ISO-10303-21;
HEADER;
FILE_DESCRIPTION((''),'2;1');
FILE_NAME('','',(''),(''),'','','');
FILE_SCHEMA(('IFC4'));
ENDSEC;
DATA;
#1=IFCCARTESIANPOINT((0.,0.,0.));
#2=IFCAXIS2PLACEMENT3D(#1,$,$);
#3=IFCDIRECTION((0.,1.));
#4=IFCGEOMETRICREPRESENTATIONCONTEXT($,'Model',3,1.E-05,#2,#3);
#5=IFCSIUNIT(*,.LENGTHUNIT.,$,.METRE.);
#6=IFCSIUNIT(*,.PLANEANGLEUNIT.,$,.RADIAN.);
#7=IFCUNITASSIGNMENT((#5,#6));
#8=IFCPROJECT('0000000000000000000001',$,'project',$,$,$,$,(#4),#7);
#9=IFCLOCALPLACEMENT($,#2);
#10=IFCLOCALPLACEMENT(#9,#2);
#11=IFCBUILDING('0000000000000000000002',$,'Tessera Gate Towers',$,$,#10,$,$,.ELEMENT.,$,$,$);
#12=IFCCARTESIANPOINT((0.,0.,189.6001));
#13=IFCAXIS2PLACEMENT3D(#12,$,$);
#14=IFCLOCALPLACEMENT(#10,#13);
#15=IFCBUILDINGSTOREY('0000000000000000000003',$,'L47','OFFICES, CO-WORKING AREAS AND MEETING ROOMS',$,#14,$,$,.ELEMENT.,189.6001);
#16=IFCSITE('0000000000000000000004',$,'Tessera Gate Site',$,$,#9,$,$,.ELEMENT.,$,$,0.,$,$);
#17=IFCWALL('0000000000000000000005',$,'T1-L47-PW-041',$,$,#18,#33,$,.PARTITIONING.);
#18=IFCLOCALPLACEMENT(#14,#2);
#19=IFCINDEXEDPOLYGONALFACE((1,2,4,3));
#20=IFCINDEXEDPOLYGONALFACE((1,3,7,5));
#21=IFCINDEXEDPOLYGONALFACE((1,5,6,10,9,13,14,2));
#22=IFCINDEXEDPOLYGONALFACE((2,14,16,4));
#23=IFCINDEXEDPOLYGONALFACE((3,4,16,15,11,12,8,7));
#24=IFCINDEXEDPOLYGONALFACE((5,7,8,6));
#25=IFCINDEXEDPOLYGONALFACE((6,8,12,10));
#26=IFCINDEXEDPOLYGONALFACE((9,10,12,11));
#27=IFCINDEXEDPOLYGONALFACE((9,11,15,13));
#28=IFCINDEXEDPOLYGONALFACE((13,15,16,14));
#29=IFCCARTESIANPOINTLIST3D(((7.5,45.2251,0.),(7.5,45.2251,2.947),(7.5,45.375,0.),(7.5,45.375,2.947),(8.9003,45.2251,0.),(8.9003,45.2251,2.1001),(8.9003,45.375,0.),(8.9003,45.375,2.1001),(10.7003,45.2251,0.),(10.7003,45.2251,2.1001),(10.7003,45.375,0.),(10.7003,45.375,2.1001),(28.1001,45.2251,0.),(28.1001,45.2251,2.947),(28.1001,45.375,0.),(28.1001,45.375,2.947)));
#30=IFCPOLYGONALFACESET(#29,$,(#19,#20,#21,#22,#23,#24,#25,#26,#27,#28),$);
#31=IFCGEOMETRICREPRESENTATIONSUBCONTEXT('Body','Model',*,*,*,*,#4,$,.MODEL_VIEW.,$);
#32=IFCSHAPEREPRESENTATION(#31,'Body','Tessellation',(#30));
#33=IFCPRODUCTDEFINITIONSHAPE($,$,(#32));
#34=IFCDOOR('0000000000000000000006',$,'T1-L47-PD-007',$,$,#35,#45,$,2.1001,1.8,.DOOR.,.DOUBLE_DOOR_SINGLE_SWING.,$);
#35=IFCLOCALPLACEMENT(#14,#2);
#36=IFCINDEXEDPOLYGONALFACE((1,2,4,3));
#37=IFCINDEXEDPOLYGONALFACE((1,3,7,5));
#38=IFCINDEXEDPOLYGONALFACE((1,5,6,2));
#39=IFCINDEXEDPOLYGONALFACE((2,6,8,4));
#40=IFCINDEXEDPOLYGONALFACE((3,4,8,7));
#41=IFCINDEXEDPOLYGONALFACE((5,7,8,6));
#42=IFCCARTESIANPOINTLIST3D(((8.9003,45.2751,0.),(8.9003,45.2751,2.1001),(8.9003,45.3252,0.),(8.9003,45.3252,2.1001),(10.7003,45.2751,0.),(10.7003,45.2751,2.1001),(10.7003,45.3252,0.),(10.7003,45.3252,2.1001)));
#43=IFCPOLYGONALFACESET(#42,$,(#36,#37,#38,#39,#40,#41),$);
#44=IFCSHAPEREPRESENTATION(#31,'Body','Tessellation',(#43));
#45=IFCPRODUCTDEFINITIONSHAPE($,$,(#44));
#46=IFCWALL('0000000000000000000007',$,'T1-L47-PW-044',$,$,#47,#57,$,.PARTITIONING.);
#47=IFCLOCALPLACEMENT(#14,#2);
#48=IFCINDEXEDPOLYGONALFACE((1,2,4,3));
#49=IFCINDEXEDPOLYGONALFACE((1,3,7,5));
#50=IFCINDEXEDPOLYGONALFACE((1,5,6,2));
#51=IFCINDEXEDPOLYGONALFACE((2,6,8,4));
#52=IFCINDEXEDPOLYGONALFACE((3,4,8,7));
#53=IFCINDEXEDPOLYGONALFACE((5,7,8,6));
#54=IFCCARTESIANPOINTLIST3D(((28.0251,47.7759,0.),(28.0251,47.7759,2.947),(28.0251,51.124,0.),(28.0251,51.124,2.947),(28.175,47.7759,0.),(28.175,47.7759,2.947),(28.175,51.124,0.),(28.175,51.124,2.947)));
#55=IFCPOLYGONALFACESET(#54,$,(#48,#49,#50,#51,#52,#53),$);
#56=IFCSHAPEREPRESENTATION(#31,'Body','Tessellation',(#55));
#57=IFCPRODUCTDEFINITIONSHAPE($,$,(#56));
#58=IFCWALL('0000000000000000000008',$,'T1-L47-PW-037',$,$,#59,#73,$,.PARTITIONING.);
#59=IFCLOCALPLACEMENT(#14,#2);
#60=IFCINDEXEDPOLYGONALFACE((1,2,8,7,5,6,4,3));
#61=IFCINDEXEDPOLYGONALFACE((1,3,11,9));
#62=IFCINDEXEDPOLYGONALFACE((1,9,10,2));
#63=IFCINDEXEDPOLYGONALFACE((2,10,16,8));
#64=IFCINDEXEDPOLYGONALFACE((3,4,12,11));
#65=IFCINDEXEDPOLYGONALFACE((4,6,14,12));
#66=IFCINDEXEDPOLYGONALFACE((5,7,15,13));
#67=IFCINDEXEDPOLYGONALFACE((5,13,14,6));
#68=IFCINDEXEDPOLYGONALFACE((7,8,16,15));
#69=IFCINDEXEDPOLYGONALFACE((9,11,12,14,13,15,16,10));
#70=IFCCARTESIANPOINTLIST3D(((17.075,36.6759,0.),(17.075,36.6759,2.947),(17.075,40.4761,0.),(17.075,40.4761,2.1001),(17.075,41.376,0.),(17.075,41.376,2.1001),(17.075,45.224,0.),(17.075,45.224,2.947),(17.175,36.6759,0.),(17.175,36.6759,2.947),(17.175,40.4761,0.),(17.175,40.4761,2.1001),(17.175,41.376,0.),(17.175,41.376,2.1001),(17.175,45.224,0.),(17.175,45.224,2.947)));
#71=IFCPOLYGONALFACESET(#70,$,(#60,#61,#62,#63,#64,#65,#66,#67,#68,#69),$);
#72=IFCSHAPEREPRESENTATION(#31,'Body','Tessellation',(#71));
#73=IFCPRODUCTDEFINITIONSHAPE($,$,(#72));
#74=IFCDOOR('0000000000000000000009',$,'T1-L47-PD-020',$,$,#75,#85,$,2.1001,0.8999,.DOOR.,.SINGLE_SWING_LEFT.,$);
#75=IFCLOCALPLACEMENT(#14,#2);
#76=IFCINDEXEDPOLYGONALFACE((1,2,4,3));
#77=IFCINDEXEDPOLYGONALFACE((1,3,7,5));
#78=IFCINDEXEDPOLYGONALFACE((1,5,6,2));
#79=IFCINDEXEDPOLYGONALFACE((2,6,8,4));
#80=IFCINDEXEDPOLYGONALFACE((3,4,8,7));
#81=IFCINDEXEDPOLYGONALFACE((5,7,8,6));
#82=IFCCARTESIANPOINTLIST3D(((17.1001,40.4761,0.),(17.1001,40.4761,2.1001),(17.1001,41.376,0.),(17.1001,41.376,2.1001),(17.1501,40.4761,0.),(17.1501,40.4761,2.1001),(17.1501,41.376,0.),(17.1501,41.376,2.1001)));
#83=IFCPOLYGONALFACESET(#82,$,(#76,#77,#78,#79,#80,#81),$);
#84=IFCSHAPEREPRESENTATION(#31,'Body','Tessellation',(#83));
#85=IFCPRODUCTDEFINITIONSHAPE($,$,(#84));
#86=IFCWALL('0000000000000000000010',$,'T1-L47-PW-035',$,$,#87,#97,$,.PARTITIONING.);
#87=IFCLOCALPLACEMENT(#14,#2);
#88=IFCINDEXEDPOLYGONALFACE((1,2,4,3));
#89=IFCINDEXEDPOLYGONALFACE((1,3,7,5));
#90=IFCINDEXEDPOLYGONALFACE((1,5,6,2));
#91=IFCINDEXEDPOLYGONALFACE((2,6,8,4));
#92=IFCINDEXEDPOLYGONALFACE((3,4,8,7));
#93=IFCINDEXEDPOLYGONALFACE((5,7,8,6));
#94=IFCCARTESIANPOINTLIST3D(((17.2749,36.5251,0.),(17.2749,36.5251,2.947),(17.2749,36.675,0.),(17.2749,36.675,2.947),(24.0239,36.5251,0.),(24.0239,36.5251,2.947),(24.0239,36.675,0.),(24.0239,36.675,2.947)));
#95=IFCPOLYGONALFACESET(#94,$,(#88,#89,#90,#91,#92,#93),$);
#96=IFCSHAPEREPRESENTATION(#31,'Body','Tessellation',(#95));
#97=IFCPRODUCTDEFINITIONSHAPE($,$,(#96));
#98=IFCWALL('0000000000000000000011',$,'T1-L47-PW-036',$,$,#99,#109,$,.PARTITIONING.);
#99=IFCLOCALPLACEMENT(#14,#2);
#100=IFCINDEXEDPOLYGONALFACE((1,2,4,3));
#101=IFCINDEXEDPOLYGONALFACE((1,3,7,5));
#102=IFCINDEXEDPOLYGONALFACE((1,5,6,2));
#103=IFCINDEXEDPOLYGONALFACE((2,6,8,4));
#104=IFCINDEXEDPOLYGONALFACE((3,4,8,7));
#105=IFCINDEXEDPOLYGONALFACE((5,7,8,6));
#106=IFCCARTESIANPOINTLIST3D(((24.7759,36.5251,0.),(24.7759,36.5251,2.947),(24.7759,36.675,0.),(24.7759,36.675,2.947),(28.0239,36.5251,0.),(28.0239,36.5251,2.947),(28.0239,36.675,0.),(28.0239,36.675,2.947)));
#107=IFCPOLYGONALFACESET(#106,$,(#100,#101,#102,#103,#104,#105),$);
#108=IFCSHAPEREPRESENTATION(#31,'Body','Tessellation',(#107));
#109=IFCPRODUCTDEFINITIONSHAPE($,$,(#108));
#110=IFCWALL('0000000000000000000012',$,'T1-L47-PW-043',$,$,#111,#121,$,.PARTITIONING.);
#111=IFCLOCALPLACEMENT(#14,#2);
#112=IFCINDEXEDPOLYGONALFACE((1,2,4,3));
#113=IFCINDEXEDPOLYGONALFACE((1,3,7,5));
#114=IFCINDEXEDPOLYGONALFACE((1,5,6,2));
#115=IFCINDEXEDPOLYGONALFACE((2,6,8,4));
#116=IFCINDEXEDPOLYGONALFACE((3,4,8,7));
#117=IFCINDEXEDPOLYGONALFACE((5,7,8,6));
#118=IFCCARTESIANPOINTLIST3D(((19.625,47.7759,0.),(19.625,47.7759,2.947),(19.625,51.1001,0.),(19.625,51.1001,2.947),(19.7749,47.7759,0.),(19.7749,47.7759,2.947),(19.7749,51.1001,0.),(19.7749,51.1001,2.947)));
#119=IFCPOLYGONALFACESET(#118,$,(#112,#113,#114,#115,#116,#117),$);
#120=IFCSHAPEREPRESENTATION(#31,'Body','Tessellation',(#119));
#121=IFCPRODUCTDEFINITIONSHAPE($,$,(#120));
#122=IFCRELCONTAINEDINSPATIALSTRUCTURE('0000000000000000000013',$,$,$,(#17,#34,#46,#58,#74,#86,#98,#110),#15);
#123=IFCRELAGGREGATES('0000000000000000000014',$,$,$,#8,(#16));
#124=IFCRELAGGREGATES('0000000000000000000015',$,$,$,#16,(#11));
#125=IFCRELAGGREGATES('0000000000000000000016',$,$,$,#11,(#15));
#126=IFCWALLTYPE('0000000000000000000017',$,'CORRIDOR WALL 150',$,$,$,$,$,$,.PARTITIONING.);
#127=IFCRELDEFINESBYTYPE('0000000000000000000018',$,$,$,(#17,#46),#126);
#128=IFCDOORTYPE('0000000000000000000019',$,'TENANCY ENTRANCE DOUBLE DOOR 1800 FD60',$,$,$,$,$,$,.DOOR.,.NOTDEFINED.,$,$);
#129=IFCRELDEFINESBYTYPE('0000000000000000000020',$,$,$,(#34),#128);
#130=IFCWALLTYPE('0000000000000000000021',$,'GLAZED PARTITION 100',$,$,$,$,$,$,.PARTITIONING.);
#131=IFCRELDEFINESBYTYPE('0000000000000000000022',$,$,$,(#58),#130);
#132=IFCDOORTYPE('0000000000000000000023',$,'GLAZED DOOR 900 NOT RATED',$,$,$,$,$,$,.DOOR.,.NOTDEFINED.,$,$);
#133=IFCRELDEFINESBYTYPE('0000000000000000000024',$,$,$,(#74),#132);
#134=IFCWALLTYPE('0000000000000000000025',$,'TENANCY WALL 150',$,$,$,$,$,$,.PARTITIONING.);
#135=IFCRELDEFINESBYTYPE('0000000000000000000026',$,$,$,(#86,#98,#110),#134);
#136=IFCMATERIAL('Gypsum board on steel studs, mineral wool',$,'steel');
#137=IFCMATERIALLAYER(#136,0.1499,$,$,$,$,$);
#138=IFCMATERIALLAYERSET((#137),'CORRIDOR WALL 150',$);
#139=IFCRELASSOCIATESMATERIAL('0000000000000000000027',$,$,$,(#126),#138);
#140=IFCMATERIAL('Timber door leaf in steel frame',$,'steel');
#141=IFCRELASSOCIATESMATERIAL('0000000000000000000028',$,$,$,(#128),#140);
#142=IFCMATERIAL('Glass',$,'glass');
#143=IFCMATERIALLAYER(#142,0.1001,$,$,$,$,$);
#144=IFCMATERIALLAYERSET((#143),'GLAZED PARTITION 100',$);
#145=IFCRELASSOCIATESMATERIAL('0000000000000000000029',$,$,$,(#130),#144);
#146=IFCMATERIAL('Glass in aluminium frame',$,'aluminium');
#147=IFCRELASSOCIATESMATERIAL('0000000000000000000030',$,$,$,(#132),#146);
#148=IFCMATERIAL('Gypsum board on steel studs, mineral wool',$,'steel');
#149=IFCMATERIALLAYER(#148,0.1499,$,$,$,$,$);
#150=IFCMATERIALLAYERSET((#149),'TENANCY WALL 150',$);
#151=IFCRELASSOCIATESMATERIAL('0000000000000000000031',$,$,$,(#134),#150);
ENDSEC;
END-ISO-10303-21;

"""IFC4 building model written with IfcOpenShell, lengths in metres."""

from ifc_helpers import new_model, si_unit, direction, frame, frame_2d, origin, place, context, subcontext, project, spatial, rectangle, extrude, source, transform, mapped, material, layer, layer_set, type_object, element, fill, save


model = new_model("IFC4")

# Units and contexts
model_context = context("Model", 3, precision=1e-05, world=origin(), true_north=direction((0.0, 1.0)))
body_context = subcontext(model_context, "Body", "Model", "MODEL_VIEW")
ifc_project = project(units=[si_unit("LENGTHUNIT", "METRE"), si_unit("PLANEANGLEUNIT", "RADIAN")], contexts=[model_context])

# Site, building, storey
site_placement = place(None, origin())
site = spatial("IfcSite", under=ifc_project, at=site_placement, Name="Tessera Gate Site", CompositionType="ELEMENT", RefElevation=0.0)
building_placement = place(site_placement, origin())
building = spatial("IfcBuilding", under=site, at=building_placement, Name="Tessera Gate Towers", CompositionType="ELEMENT")
storey_placement = place(building_placement, frame((0.0, 0.0, 189.6001)))
storey = spatial("IfcBuildingStorey", under=building, at=storey_placement, Name="L47", Description="OFFICES, CO-WORKING AREAS AND MEETING ROOMS", CompositionType="ELEMENT", Elevation=189.6001)

# Wall, opening, door
ifc_material_1 = material(Name="Gypsum board on steel studs, mineral wool", Category="steel")
ifc_layer_1 = layer(ifc_material_1, 0.1499)
ifc_layer_set_1 = layer_set([ifc_layer_1], Name="CORRIDOR WALL 150")
wall_type_1 = type_object("IfcWallType", Name="CORRIDOR WALL 150", PredefinedType="PARTITIONING", material=ifc_layer_set_1)
wall_1_placement = place(storey_placement, frame((28.1001, 45.3, 0.0), z_axis=(0.0, 0.0, 1.0), x_axis=(-1.0, 0.0, 0.0)))
wall_1 = element("IfcWall", 1, at=wall_1_placement, inside=storey, type_object=wall_type_1, Name="T1-L47-PW-041", PredefinedType="PARTITIONING", context=body_context, shape_type="SweptSolid", body=[
    extrude(rectangle(XDim=20.6001, YDim=0.1499, at=frame_2d((10.3, 0.0))), origin(), (0.0, 0.0, 1.0), 2.947),
])
shared_shape_1 = source(origin(), body_context, "Body", "SweptSolid", [
    extrude(rectangle(XDim=1.8, YDim=2.1001, at=frame_2d((0.8999, 1.05))), frame((0.0, 0.085, 0.0), z_axis=(0.0, -1.0, 0.0), x_axis=(1.0, 0.0, 0.0)), (0.0, 0.0, 1.0), 0.1699),
])
opening_1_placement = place(wall_1_placement, frame((17.3999, 0.0, 0.0)))
opening_1 = element("IfcOpeningElement", 2, at=opening_1_placement, cuts=wall_1, PredefinedType="OPENING", context=body_context, shape_type="MappedRepresentation", body=[
    mapped(shared_shape_1, transform((0.0, 0.0, 0.0), scale=1.0)),
])
ifc_material_2 = material(Name="Timber door leaf in steel frame", Category="steel")
door_type_1 = type_object("IfcDoorType", Name="TENANCY ENTRANCE DOUBLE DOOR 1800 FD60", OperationType="NOTDEFINED", PredefinedType="DOOR", material=ifc_material_2)
shared_shape_2 = source(origin(), body_context, "Body", "SweptSolid", [
    extrude(rectangle(XDim=1.8, YDim=2.1001, at=frame_2d((0.8999, 1.05))), frame((0.0, 0.0249, 0.0), z_axis=(0.0, -1.0, 0.0), x_axis=(1.0, 0.0, 0.0)), (0.0, 0.0, 1.0), 0.05),
])
door_1_placement = place(opening_1_placement, origin())
door_1 = element("IfcDoor", 3, at=door_1_placement, inside=storey, type_object=door_type_1, Name="T1-L47-PD-007", OperationType="DOUBLE_DOOR_SINGLE_SWING", OverallHeight=2.1001, OverallWidth=1.8, PredefinedType="DOOR", context=body_context, shape_type="MappedRepresentation", body=[
    mapped(shared_shape_2, transform((0.0, 0.0, 0.0), scale=1.0)),
])
fill(opening_1, door_1)

# Wall
wall_2_placement = place(storey_placement, frame((28.1001, 47.7759, 0.0), z_axis=(0.0, 0.0, 1.0), x_axis=(0.0, 1.0, 0.0)))
element("IfcWall", 4, at=wall_2_placement, inside=storey, type_object=wall_type_1, Name="T1-L47-PW-044", PredefinedType="PARTITIONING", context=body_context, shape_type="SweptSolid", body=[
    extrude(rectangle(XDim=3.3481, YDim=0.1499, at=frame_2d((1.6741, 0.0))), origin(), (0.0, 0.0, 1.0), 2.947),
])

# Wall, opening, door
ifc_material_3 = material(Name="Glass", Category="glass")
ifc_layer_2 = layer(ifc_material_3, 0.1001)
ifc_layer_set_2 = layer_set([ifc_layer_2], Name="GLAZED PARTITION 100")
wall_type_2 = type_object("IfcWallType", Name="GLAZED PARTITION 100", PredefinedType="PARTITIONING", material=ifc_layer_set_2)
wall_3_placement = place(storey_placement, frame((17.125, 36.676, 0.0), z_axis=(0.0, 0.0, 1.0), x_axis=(0.0, 1.0, 0.0)))
wall_3 = element("IfcWall", 5, at=wall_3_placement, inside=storey, type_object=wall_type_2, Name="T1-L47-PW-037", PredefinedType="PARTITIONING", context=body_context, shape_type="SweptSolid", body=[
    extrude(rectangle(XDim=8.5481, YDim=0.1001, at=frame_2d((4.2739, 0.0))), origin(), (0.0, 0.0, 1.0), 2.947),
])
shared_shape_3 = source(origin(), body_context, "Body", "SweptSolid", [
    extrude(rectangle(XDim=0.8999, YDim=2.1001, at=frame_2d((0.45, 1.05))), frame((0.0, 0.0601, 0.0), z_axis=(0.0, -1.0, 0.0), x_axis=(1.0, 0.0, 0.0)), (0.0, 0.0, 1.0), 0.1201),
])
opening_2_placement = place(wall_3_placement, frame((3.8, 0.0, 0.0)))
opening_2 = element("IfcOpeningElement", 6, at=opening_2_placement, cuts=wall_3, PredefinedType="OPENING", context=body_context, shape_type="MappedRepresentation", body=[
    mapped(shared_shape_3, transform((0.0, 0.0, 0.0), scale=1.0)),
])
ifc_material_4 = material(Name="Glass in aluminium frame", Category="aluminium")
door_type_2 = type_object("IfcDoorType", Name="GLAZED DOOR 900 NOT RATED", OperationType="NOTDEFINED", PredefinedType="DOOR", material=ifc_material_4)
shared_shape_4 = source(origin(), body_context, "Body", "SweptSolid", [
    extrude(rectangle(XDim=0.8999, YDim=2.1001, at=frame_2d((0.45, 1.05))), frame((0.0, 0.0249, 0.0), z_axis=(0.0, -1.0, 0.0), x_axis=(1.0, 0.0, 0.0)), (0.0, 0.0, 1.0), 0.05),
])
door_2_placement = place(opening_2_placement, origin())
door_2 = element("IfcDoor", 7, at=door_2_placement, inside=storey, type_object=door_type_2, Name="T1-L47-PD-020", OperationType="SINGLE_SWING_LEFT", OverallHeight=2.1001, OverallWidth=0.8999, PredefinedType="DOOR", context=body_context, shape_type="MappedRepresentation", body=[
    mapped(shared_shape_4, transform((0.0, 0.0, 0.0), scale=1.0)),
])
fill(opening_2, door_2)

# Walls
ifc_material_5 = material(Name="Gypsum board on steel studs, mineral wool", Category="steel")
ifc_layer_3 = layer(ifc_material_5, 0.1499)
ifc_layer_set_3 = layer_set([ifc_layer_3], Name="TENANCY WALL 150")
wall_type_3 = type_object("IfcWallType", Name="TENANCY WALL 150", PredefinedType="PARTITIONING", material=ifc_layer_set_3)
wall_4_placement = place(storey_placement, frame((17.2749, 36.6001, 0.0), z_axis=(0.0, 0.0, 1.0), x_axis=(1.0, 0.0, 0.0)))
element("IfcWall", 8, at=wall_4_placement, inside=storey, type_object=wall_type_3, Name="T1-L47-PW-035", PredefinedType="PARTITIONING", context=body_context, shape_type="SweptSolid", body=[
    extrude(rectangle(XDim=6.749, YDim=0.1499, at=frame_2d((3.3745, 0.0))), origin(), (0.0, 0.0, 1.0), 2.947),
])
wall_5_placement = place(storey_placement, frame((24.7759, 36.6001, 0.0), z_axis=(0.0, 0.0, 1.0), x_axis=(1.0, 0.0, 0.0)))
element("IfcWall", 9, at=wall_5_placement, inside=storey, type_object=wall_type_3, Name="T1-L47-PW-036", PredefinedType="PARTITIONING", context=body_context, shape_type="SweptSolid", body=[
    extrude(rectangle(XDim=3.248, YDim=0.1499, at=frame_2d((1.624, 0.0))), origin(), (0.0, 0.0, 1.0), 2.947),
])
wall_6_placement = place(storey_placement, frame((19.7, 47.7759, 0.0), z_axis=(0.0, 0.0, 1.0), x_axis=(0.0, 1.0, 0.0)))
element("IfcWall", 10, at=wall_6_placement, inside=storey, type_object=wall_type_3, Name="T1-L47-PW-043", PredefinedType="PARTITIONING", context=body_context, shape_type="SweptSolid", body=[
    extrude(rectangle(XDim=3.3242, YDim=0.1499, at=frame_2d((1.6621, 0.0))), origin(), (0.0, 0.0, 1.0), 2.947),
])

save(model, "model.ifc")
